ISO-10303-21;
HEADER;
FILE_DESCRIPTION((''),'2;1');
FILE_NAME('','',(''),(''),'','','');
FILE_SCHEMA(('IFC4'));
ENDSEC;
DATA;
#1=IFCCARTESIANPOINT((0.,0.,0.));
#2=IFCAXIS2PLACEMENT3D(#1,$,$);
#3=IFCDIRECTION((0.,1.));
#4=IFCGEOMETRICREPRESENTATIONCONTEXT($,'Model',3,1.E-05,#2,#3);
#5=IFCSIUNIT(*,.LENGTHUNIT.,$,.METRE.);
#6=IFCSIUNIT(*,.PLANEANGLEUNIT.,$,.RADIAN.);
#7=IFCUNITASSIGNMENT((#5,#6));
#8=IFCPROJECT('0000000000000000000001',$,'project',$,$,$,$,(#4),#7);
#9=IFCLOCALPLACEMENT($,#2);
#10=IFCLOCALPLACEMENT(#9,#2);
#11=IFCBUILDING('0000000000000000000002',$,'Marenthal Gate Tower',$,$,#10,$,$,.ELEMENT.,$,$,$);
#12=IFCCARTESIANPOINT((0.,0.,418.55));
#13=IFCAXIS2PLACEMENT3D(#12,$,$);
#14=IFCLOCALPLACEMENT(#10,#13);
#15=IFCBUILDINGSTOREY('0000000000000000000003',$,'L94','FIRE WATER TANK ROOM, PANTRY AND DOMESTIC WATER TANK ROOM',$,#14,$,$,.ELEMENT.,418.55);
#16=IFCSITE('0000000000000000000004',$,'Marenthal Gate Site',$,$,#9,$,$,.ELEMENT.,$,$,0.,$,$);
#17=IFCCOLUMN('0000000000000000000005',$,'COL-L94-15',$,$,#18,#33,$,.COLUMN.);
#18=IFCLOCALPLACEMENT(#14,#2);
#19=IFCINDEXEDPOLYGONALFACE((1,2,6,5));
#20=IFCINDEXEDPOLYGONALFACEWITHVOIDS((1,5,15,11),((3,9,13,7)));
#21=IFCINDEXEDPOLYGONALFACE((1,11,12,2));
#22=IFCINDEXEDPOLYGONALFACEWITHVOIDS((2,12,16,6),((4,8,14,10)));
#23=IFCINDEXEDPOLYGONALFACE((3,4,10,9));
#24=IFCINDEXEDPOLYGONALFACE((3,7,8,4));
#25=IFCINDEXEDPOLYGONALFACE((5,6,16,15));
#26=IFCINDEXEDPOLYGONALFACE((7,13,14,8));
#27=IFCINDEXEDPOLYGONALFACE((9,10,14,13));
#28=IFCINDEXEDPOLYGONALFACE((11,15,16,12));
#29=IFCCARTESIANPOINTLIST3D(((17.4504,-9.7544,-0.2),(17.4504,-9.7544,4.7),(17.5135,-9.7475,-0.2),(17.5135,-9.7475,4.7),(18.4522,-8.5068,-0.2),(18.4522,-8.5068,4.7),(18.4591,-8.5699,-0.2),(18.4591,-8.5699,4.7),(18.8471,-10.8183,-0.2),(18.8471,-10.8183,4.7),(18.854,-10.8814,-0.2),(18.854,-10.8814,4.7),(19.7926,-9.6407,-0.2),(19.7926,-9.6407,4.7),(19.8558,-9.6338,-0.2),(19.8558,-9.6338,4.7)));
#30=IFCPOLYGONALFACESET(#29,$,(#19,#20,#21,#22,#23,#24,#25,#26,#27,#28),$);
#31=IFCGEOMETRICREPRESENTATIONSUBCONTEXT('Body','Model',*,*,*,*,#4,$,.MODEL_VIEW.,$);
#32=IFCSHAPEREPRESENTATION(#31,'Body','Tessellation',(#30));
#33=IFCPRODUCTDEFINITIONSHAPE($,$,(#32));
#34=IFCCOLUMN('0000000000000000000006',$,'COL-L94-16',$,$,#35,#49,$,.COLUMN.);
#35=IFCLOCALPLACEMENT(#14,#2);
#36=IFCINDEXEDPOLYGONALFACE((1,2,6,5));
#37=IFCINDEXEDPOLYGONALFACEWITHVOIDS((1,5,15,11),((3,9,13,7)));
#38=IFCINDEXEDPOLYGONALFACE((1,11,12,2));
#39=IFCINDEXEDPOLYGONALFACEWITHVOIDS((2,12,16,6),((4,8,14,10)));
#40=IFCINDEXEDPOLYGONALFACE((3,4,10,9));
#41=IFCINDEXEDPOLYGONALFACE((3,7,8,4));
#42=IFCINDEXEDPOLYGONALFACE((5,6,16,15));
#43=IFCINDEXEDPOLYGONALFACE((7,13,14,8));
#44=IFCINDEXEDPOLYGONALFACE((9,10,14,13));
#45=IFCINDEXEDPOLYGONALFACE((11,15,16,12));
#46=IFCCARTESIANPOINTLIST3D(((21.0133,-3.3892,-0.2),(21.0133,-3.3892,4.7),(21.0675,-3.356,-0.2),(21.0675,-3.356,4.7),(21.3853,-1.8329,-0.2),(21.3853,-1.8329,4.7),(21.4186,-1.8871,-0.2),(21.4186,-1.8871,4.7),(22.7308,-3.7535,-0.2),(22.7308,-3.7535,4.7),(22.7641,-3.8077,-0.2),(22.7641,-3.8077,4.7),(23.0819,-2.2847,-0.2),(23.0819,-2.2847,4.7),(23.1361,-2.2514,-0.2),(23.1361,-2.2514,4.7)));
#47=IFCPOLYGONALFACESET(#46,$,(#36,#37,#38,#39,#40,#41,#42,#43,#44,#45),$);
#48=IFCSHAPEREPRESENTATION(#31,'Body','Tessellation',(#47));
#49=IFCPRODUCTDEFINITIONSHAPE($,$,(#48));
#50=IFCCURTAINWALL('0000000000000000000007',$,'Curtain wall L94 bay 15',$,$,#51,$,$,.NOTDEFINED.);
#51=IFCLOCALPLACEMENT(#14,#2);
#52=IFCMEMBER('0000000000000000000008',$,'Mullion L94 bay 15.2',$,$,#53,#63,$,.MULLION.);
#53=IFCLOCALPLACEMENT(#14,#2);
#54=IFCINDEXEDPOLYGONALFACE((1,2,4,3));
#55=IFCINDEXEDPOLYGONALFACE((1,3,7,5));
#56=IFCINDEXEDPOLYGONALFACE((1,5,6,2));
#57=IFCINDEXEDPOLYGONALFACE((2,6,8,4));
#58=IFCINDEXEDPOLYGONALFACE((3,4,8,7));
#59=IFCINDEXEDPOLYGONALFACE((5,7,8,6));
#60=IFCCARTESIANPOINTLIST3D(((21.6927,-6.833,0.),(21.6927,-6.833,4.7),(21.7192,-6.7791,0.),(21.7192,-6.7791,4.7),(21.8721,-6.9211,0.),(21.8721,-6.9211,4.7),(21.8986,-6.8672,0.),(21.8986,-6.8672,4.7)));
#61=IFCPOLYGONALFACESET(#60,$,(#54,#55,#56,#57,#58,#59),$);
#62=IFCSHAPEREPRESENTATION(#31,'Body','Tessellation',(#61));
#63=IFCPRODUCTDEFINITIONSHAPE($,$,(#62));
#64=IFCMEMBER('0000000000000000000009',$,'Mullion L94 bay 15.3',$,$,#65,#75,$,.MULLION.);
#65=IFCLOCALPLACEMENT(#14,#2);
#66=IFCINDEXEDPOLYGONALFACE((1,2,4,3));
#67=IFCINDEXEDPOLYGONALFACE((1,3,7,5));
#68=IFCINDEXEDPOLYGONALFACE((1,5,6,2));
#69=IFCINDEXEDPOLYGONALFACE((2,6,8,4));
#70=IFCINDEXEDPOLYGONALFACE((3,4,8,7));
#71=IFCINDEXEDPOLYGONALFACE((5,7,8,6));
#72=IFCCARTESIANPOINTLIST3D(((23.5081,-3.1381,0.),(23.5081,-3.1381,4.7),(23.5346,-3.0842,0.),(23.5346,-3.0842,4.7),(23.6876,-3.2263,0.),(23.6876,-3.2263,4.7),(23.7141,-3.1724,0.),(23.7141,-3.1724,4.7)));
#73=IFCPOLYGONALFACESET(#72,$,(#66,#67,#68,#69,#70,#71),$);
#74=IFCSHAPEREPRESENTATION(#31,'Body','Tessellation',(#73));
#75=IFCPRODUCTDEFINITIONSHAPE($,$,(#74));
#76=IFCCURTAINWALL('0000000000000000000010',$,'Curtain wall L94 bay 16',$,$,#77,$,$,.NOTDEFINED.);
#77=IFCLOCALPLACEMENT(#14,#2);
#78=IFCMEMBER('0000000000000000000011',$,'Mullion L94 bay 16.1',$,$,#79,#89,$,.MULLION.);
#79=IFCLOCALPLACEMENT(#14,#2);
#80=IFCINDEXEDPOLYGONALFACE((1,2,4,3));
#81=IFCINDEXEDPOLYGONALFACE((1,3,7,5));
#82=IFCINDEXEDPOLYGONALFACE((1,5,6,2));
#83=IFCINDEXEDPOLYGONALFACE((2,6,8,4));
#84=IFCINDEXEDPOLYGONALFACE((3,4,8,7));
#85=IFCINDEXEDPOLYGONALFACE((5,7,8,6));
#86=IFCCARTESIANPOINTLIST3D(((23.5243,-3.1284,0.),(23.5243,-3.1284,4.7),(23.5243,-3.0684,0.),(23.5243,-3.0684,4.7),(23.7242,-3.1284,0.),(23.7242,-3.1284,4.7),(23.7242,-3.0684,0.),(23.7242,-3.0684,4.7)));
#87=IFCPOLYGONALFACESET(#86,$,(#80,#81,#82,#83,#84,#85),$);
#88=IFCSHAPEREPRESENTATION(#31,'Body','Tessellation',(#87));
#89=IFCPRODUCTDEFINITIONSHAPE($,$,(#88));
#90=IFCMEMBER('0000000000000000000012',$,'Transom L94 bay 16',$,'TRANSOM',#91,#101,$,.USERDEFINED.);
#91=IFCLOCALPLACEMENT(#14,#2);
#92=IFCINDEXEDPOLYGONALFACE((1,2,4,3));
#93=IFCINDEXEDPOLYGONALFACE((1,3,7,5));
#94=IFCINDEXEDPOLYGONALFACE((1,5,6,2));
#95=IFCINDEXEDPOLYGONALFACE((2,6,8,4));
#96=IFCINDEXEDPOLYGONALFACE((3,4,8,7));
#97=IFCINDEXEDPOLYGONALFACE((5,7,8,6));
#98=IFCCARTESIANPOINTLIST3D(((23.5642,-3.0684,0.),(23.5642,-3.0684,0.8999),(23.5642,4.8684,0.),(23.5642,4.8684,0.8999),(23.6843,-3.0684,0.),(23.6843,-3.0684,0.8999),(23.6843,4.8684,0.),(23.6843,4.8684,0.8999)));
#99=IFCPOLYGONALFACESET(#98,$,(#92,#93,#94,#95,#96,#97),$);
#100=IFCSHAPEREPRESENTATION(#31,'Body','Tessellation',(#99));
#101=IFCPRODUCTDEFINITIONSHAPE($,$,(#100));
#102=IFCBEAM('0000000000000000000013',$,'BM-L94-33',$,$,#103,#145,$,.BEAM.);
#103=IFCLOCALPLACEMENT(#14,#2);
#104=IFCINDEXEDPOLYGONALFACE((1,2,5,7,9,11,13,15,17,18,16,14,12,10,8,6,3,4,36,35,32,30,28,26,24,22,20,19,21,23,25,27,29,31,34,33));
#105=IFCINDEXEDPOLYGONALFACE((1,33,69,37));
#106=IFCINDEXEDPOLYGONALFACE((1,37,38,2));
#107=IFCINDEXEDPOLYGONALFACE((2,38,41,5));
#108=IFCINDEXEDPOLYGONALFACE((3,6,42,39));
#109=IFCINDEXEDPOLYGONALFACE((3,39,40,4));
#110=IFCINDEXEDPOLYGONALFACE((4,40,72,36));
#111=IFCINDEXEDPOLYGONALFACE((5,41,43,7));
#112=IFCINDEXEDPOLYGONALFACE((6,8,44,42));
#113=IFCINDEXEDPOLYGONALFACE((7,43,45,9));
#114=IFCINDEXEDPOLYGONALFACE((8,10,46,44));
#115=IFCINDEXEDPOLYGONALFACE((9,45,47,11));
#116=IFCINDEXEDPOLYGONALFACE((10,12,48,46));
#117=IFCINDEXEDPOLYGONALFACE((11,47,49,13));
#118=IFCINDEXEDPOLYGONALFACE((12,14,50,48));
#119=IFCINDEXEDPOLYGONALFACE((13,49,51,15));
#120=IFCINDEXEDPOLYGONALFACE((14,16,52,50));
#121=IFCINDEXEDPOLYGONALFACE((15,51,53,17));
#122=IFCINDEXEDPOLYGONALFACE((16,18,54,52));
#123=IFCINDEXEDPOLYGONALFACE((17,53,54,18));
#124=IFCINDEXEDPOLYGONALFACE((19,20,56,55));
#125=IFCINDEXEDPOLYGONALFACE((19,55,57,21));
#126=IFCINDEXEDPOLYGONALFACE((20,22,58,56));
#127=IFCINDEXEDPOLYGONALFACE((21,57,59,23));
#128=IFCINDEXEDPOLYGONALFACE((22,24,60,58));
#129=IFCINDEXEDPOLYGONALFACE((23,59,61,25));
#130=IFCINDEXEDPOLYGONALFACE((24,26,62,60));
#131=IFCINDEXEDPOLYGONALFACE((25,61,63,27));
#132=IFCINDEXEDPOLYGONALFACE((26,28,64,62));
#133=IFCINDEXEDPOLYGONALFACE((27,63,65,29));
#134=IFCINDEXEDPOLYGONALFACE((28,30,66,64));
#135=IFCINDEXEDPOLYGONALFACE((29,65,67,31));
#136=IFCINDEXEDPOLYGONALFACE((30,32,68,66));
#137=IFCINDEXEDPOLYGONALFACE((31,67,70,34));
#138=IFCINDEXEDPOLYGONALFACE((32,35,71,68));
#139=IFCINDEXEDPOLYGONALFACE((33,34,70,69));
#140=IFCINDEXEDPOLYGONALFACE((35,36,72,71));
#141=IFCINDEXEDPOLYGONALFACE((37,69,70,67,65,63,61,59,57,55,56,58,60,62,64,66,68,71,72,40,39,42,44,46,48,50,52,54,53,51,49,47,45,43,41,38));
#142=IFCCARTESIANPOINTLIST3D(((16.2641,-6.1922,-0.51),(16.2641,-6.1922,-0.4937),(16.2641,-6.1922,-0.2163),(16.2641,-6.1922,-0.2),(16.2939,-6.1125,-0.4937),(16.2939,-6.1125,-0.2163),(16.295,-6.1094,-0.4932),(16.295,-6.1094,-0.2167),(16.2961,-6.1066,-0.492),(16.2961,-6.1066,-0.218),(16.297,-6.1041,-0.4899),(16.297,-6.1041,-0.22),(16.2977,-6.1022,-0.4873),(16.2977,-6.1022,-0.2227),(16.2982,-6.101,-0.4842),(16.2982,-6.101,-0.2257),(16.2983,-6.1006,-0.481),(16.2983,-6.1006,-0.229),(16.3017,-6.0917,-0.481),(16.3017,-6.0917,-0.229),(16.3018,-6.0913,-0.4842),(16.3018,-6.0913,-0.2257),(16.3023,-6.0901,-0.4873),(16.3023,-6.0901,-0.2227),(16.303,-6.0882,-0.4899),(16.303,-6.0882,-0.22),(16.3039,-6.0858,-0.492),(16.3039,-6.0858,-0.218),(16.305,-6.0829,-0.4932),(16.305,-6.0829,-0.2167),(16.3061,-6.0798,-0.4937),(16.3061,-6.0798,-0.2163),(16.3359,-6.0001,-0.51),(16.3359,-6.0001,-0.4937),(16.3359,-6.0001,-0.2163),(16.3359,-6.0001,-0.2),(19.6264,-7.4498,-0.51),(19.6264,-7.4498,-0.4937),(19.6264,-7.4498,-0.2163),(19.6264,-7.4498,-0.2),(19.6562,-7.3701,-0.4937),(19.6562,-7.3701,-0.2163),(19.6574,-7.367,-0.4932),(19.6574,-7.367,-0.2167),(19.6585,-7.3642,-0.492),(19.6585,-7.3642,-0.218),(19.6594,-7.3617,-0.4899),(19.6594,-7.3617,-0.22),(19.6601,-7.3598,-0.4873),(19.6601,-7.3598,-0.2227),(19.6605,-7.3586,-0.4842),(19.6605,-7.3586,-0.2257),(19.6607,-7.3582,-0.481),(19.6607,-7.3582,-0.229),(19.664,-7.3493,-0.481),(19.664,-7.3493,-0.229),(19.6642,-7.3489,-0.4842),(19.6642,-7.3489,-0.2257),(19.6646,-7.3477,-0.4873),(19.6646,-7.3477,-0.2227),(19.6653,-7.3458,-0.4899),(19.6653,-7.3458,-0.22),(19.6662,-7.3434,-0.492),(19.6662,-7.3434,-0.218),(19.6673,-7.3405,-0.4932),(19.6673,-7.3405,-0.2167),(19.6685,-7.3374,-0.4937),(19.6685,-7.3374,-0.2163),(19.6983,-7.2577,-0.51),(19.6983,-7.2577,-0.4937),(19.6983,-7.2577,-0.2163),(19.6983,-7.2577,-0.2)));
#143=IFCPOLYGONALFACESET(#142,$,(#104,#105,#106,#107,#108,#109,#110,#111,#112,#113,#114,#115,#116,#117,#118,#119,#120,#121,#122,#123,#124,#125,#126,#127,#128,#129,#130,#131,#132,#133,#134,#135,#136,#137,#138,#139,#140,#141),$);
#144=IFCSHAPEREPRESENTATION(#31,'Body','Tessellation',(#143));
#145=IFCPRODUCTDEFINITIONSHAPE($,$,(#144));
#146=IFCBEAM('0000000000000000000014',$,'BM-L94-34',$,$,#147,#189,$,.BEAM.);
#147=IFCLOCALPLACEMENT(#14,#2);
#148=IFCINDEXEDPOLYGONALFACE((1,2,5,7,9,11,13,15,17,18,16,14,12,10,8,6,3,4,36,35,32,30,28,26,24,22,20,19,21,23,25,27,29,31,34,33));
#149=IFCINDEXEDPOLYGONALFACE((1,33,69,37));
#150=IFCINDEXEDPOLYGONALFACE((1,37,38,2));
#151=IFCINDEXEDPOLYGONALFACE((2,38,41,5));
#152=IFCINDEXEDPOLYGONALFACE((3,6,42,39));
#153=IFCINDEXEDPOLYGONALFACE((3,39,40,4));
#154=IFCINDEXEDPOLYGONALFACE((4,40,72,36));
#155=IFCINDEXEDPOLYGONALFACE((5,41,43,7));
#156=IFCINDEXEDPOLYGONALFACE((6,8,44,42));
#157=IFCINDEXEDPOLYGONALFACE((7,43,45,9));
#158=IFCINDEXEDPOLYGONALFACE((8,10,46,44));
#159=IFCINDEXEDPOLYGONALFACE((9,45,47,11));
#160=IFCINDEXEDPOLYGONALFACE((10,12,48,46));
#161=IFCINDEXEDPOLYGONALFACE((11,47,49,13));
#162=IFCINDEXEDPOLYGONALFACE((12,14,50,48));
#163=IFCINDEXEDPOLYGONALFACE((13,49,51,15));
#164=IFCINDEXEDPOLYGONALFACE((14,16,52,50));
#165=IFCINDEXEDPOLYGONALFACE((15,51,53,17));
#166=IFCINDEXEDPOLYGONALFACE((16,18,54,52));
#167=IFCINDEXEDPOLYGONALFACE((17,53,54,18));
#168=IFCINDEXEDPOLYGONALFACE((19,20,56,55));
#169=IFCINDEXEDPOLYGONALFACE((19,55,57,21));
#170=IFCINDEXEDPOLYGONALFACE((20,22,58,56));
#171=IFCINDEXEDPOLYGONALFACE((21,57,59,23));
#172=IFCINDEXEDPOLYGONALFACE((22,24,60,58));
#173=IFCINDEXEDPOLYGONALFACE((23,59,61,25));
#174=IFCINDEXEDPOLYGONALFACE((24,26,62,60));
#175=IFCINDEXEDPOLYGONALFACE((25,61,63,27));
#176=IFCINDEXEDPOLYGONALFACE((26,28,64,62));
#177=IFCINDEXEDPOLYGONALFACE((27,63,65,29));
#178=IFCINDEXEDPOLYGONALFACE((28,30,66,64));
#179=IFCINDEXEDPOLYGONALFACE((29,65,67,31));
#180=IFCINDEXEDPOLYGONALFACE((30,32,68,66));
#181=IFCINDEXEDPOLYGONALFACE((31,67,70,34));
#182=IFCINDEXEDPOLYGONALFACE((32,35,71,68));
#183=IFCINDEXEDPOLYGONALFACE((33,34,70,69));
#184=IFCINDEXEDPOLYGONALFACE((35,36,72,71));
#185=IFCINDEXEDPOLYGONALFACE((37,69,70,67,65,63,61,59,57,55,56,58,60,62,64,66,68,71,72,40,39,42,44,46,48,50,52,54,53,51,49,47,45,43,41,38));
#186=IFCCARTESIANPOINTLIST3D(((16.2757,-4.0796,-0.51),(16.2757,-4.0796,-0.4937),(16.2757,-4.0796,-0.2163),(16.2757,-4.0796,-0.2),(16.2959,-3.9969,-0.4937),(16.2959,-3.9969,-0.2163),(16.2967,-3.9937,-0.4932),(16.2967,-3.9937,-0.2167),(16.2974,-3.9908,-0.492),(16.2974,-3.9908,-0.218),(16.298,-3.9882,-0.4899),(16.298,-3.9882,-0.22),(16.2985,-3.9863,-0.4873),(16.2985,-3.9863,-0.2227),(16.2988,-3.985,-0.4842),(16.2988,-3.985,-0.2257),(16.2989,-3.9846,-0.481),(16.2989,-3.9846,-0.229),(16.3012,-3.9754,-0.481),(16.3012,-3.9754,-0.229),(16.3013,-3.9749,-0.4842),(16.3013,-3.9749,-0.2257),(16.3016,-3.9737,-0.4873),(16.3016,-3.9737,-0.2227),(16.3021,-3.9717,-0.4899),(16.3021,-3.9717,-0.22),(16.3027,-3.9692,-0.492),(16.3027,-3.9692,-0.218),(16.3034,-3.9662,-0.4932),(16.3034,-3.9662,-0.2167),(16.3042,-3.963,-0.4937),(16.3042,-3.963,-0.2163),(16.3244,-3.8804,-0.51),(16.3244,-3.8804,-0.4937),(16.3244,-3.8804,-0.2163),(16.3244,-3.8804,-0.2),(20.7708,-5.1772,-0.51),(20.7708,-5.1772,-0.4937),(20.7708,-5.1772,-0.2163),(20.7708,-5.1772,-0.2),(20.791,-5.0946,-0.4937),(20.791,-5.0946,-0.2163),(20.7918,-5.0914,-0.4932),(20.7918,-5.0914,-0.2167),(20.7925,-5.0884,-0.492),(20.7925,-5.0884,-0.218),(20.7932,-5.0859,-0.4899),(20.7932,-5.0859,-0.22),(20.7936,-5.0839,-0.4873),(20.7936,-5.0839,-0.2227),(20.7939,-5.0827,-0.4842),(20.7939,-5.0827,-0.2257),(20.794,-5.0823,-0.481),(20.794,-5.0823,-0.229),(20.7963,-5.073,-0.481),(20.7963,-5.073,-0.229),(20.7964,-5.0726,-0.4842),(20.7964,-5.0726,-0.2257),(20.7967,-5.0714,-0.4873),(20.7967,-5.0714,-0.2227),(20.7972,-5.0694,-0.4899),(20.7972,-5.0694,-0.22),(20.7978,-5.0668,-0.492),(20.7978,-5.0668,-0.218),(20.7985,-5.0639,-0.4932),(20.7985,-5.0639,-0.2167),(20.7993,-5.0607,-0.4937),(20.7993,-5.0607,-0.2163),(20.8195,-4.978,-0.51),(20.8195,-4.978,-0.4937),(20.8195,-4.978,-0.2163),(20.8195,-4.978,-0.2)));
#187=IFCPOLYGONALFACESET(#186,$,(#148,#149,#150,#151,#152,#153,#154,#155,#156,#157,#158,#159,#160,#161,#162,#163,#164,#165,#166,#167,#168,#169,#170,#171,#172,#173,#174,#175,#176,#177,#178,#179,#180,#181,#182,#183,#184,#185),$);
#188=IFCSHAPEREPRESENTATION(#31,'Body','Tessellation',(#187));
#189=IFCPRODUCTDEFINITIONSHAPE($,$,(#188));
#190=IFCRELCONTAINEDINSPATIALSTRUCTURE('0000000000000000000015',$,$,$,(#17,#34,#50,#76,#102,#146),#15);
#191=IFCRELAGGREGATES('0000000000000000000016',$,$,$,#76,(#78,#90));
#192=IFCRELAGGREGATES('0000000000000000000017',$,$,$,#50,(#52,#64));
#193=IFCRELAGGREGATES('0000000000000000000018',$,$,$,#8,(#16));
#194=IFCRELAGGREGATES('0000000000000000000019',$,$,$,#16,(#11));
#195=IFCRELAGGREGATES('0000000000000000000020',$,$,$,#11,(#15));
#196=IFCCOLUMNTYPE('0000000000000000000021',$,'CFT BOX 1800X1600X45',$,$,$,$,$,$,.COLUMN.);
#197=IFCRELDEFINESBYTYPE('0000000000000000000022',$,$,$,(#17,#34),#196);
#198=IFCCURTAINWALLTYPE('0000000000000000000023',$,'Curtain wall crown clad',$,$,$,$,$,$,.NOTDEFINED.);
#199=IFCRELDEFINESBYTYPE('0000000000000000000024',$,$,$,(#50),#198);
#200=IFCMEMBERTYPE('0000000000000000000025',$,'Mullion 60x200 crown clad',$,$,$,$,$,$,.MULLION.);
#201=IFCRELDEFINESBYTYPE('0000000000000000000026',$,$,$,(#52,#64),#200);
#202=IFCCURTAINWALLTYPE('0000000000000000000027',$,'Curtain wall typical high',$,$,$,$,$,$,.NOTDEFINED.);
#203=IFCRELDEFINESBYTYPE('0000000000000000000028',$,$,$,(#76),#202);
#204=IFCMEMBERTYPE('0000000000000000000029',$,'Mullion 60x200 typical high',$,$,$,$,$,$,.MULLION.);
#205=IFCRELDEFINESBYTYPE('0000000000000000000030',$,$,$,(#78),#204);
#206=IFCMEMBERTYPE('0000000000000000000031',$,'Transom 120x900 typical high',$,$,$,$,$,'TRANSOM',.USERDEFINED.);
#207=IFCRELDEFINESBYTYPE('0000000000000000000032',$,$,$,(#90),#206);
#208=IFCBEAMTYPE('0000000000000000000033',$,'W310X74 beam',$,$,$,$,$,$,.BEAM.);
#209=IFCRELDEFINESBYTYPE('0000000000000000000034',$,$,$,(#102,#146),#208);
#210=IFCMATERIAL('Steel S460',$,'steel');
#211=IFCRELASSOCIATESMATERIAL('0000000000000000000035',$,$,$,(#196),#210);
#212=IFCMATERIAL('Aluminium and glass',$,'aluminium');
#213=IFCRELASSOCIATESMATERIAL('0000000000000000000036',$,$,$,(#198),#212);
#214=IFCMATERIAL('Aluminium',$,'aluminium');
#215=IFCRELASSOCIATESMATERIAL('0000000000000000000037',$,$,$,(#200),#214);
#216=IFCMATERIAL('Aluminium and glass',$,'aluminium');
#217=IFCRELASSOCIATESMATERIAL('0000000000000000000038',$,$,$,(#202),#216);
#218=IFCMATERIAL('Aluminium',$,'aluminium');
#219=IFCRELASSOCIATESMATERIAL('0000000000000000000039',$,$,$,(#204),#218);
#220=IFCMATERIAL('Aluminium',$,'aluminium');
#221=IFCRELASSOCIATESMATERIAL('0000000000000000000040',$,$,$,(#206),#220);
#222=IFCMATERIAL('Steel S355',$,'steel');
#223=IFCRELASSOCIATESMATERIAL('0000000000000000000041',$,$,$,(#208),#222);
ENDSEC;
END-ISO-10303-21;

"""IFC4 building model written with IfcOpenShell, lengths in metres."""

from ifc_helpers import new_model, si_unit, direction, frame, origin, origin_2d, place, context, subcontext, project, spatial, rectangle, hollow_rectangle, i_section, extrude, material, material_profile, profile_set, type_object, element, aggregate, save


model = new_model("IFC4")

# Units and contexts
model_context = context("Model", 3, precision=1e-05, world=origin(), true_north=direction((0.0, 1.0)))
body_context = subcontext(model_context, "Body", "Model", "MODEL_VIEW")
ifc_project = project(units=[si_unit("LENGTHUNIT", "METRE"), si_unit("PLANEANGLEUNIT", "RADIAN")], contexts=[model_context])

# Site, building, storey
site_placement = place(None, origin())
site = spatial("IfcSite", under=ifc_project, at=site_placement, Name="Marenthal Gate Site", CompositionType="ELEMENT", RefElevation=0.0)
building_placement = place(site_placement, origin())
building = spatial("IfcBuilding", under=site, at=building_placement, Name="Marenthal Gate Tower", CompositionType="ELEMENT")
storey_placement = place(building_placement, frame((0.0, 0.0, 418.55)))
storey = spatial("IfcBuildingStorey", under=building, at=storey_placement, Name="L94", Description="FIRE WATER TANK ROOM, PANTRY AND DOMESTIC WATER TANK ROOM", CompositionType="ELEMENT", Elevation=418.55)

# Columns
ifc_material_1 = material(Name="Steel S460", Category="steel")
ifc_material_profile_1 = material_profile(ifc_material_1, hollow_rectangle(XDim=1.6001, YDim=1.8, WallThickness=0.0449, at=origin_2d()), Name="CFT BOX 1800X1600X45")
ifc_material_2 = material(Name="Concrete 70 MPa", Category="concrete")
ifc_material_profile_2 = material_profile(ifc_material_2, rectangle(XDim=1.51, YDim=1.71, at=origin_2d()), Name="CFT BOX 1800X1600X45 INFILL")
ifc_profile_set_1 = profile_set([ifc_material_profile_1, ifc_material_profile_2], Name="Steel S460 shell, Concrete 70 MPa infill")
column_type = type_object("IfcColumnType", Name="CFT BOX 1800X1600X45", PredefinedType="COLUMN", material=ifc_profile_set_1)
for number, where, z_axis, x_axis, name in (
    (1, (18.6531, -9.6941, -0.2), (0.0, 0.0, 1.0), (-0.626094, -0.779748, 0.0), "COL-L94-15"),
    (2, (22.0747, -2.8203, -0.2), (0.0, 0.0, 1.0), (-0.232481, -0.972601, 0.0), "COL-L94-16"),
):
    element("IfcColumn", number, at=place(storey_placement, frame(where, z_axis=z_axis, x_axis=x_axis)), inside=storey, type_object=column_type, Name=name, PredefinedType="COLUMN", context=body_context, shape_type="SweptSolid", body=[
        extrude(hollow_rectangle(XDim=1.6001, YDim=1.8, WallThickness=0.0449, at=origin_2d()), origin(), (0.0, 0.0, 1.0), 4.8999),
    ])

# Curtain walls, members
ifc_material_3 = material(Name="Aluminium and glass", Category="aluminium")
curtain_wall_type_1 = type_object("IfcCurtainWallType", Name="Curtain wall crown clad", PredefinedType="NOTDEFINED", material=ifc_material_3)
curtain_wall_1_placement = place(storey_placement, origin())
curtain_wall_1 = element("IfcCurtainWall", 3, at=curtain_wall_1_placement, inside=storey, type_object=curtain_wall_type_1, Name="Curtain wall L94 bay 15", PredefinedType="NOTDEFINED")
ifc_material_4 = material(Name="Aluminium", Category="aluminium")
ifc_material_profile_3 = material_profile(ifc_material_4, rectangle(XDim=0.2, YDim=0.0601, at=origin_2d()), Name="60x200 aluminium mullion")
ifc_profile_set_2 = profile_set([ifc_material_profile_3], Name="Aluminium")
member_type_1 = type_object("IfcMemberType", Name="Mullion 60x200 crown clad", PredefinedType="MULLION", material=ifc_profile_set_2)
member_1_placement = place(storey_placement, frame((21.7957, -6.8501, 0.0), z_axis=(0.0, 0.0, 1.0), x_axis=(-0.897507, 0.441001, 0.0)))
member_1 = element("IfcMember", 4, at=member_1_placement, type_object=member_type_1, Name="Mullion L94 bay 15.2", PredefinedType="MULLION", context=body_context, shape_type="SweptSolid", body=[
    extrude(rectangle(XDim=0.2, YDim=0.0601, at=origin_2d()), origin(), (0.0, 0.0, 1.0), 4.7),
])
member_2_placement = place(storey_placement, frame((23.6111, -3.1553, 0.0), z_axis=(0.0, 0.0, 1.0), x_axis=(-0.897507, 0.441001, 0.0)))
member_2 = element("IfcMember", 5, at=member_2_placement, type_object=member_type_1, Name="Mullion L94 bay 15.3", PredefinedType="MULLION", context=body_context, shape_type="SweptSolid", body=[
    extrude(rectangle(XDim=0.2, YDim=0.0601, at=origin_2d()), origin(), (0.0, 0.0, 1.0), 4.7),
])
ifc_material_5 = material(Name="Aluminium and glass", Category="aluminium")
curtain_wall_type_2 = type_object("IfcCurtainWallType", Name="Curtain wall typical high", PredefinedType="NOTDEFINED", material=ifc_material_5)
curtain_wall_2_placement = place(storey_placement, origin())
curtain_wall_2 = element("IfcCurtainWall", 6, at=curtain_wall_2_placement, inside=storey, type_object=curtain_wall_type_2, Name="Curtain wall L94 bay 16", PredefinedType="NOTDEFINED")
ifc_material_6 = material(Name="Aluminium", Category="aluminium")
ifc_material_profile_4 = material_profile(ifc_material_6, rectangle(XDim=0.2, YDim=0.0601, at=origin_2d()), Name="60x200 aluminium mullion")
ifc_profile_set_3 = profile_set([ifc_material_profile_4], Name="Aluminium")
member_type_2 = type_object("IfcMemberType", Name="Mullion 60x200 typical high", PredefinedType="MULLION", material=ifc_profile_set_3)
member_3_placement = place(storey_placement, frame((23.6243, -3.0984, 0.0), z_axis=(0.0, 0.0, 1.0), x_axis=(-1.0, 0.0, 0.0)))
member_3 = element("IfcMember", 7, at=member_3_placement, type_object=member_type_2, Name="Mullion L94 bay 16.1", PredefinedType="MULLION", context=body_context, shape_type="SweptSolid", body=[
    extrude(rectangle(XDim=0.2, YDim=0.0601, at=origin_2d()), origin(), (0.0, 0.0, 1.0), 4.7),
])
ifc_material_7 = material(Name="Aluminium", Category="aluminium")
ifc_material_profile_5 = material_profile(ifc_material_7, rectangle(XDim=0.1201, YDim=0.8999, at=origin_2d()), Name="120x900 aluminium transom")
ifc_profile_set_4 = profile_set([ifc_material_profile_5], Name="Aluminium")
member_type_3 = type_object("IfcMemberType", Name="Transom 120x900 typical high", ElementType="TRANSOM", PredefinedType="USERDEFINED", material=ifc_profile_set_4)
member_4_placement = place(storey_placement, frame((23.6243, -3.0684, 0.45), z_axis=(0.0, 1.0, 0.0), x_axis=(-1.0, 0.0, 0.0)))
member_4 = element("IfcMember", 8, at=member_4_placement, type_object=member_type_3, Name="Transom L94 bay 16", ObjectType="TRANSOM", PredefinedType="USERDEFINED", context=body_context, shape_type="SweptSolid", body=[
    extrude(rectangle(XDim=0.1201, YDim=0.8999, at=origin_2d()), origin(), (0.0, 0.0, 1.0), 7.9368),
])

# Beams
ifc_material_8 = material(Name="Steel S355", Category="steel")
ifc_material_profile_6 = material_profile(ifc_material_8, i_section(OverallWidth=0.2051, OverallDepth=0.3101, WebThickness=0.0095, FlangeThickness=0.0164, FilletRadius=0.0127, at=origin_2d()), Name="W310X74")
ifc_profile_set_5 = profile_set([ifc_material_profile_6], Name="Steel S355")
beam_type_1 = type_object("IfcBeamType", Name="W310X74 beam", PredefinedType="BEAM", material=ifc_profile_set_5)
beam_1_placement = place(storey_placement, frame((19.6624, -7.3538, -0.355), z_axis=(-0.936631, 0.350318, 0.0), x_axis=(-0.350318, -0.936631, 0.0)))
element("IfcBeam", 9, at=beam_1_placement, inside=storey, type_object=beam_type_1, Name="BM-L94-33", PredefinedType="BEAM", context=body_context, shape_type="SweptSolid", body=[
    extrude(i_section(OverallWidth=0.2051, OverallDepth=0.3101, WebThickness=0.0095, FlangeThickness=0.0164, FilletRadius=0.0127, at=origin_2d()), origin(), (0.0, 0.0, 1.0), 3.5898),
])
beam_2_placement = place(storey_placement, frame((20.7952, -5.0776, -0.355), z_axis=(-0.971456, 0.237219, 0.0), x_axis=(-0.237219, -0.971456, 0.0)))
element("IfcBeam", 10, at=beam_2_placement, inside=storey, type_object=beam_type_1, Name="BM-L94-34", PredefinedType="BEAM", context=body_context, shape_type="SweptSolid", body=[
    extrude(i_section(OverallWidth=0.2051, OverallDepth=0.3101, WebThickness=0.0095, FlangeThickness=0.0164, FilletRadius=0.0127, at=origin_2d()), origin(), (0.0, 0.0, 1.0), 4.6272),
])

aggregate(curtain_wall_2, [member_3, member_4])
aggregate(curtain_wall_1, [member_1, member_2])

save(model, "model.ifc")
